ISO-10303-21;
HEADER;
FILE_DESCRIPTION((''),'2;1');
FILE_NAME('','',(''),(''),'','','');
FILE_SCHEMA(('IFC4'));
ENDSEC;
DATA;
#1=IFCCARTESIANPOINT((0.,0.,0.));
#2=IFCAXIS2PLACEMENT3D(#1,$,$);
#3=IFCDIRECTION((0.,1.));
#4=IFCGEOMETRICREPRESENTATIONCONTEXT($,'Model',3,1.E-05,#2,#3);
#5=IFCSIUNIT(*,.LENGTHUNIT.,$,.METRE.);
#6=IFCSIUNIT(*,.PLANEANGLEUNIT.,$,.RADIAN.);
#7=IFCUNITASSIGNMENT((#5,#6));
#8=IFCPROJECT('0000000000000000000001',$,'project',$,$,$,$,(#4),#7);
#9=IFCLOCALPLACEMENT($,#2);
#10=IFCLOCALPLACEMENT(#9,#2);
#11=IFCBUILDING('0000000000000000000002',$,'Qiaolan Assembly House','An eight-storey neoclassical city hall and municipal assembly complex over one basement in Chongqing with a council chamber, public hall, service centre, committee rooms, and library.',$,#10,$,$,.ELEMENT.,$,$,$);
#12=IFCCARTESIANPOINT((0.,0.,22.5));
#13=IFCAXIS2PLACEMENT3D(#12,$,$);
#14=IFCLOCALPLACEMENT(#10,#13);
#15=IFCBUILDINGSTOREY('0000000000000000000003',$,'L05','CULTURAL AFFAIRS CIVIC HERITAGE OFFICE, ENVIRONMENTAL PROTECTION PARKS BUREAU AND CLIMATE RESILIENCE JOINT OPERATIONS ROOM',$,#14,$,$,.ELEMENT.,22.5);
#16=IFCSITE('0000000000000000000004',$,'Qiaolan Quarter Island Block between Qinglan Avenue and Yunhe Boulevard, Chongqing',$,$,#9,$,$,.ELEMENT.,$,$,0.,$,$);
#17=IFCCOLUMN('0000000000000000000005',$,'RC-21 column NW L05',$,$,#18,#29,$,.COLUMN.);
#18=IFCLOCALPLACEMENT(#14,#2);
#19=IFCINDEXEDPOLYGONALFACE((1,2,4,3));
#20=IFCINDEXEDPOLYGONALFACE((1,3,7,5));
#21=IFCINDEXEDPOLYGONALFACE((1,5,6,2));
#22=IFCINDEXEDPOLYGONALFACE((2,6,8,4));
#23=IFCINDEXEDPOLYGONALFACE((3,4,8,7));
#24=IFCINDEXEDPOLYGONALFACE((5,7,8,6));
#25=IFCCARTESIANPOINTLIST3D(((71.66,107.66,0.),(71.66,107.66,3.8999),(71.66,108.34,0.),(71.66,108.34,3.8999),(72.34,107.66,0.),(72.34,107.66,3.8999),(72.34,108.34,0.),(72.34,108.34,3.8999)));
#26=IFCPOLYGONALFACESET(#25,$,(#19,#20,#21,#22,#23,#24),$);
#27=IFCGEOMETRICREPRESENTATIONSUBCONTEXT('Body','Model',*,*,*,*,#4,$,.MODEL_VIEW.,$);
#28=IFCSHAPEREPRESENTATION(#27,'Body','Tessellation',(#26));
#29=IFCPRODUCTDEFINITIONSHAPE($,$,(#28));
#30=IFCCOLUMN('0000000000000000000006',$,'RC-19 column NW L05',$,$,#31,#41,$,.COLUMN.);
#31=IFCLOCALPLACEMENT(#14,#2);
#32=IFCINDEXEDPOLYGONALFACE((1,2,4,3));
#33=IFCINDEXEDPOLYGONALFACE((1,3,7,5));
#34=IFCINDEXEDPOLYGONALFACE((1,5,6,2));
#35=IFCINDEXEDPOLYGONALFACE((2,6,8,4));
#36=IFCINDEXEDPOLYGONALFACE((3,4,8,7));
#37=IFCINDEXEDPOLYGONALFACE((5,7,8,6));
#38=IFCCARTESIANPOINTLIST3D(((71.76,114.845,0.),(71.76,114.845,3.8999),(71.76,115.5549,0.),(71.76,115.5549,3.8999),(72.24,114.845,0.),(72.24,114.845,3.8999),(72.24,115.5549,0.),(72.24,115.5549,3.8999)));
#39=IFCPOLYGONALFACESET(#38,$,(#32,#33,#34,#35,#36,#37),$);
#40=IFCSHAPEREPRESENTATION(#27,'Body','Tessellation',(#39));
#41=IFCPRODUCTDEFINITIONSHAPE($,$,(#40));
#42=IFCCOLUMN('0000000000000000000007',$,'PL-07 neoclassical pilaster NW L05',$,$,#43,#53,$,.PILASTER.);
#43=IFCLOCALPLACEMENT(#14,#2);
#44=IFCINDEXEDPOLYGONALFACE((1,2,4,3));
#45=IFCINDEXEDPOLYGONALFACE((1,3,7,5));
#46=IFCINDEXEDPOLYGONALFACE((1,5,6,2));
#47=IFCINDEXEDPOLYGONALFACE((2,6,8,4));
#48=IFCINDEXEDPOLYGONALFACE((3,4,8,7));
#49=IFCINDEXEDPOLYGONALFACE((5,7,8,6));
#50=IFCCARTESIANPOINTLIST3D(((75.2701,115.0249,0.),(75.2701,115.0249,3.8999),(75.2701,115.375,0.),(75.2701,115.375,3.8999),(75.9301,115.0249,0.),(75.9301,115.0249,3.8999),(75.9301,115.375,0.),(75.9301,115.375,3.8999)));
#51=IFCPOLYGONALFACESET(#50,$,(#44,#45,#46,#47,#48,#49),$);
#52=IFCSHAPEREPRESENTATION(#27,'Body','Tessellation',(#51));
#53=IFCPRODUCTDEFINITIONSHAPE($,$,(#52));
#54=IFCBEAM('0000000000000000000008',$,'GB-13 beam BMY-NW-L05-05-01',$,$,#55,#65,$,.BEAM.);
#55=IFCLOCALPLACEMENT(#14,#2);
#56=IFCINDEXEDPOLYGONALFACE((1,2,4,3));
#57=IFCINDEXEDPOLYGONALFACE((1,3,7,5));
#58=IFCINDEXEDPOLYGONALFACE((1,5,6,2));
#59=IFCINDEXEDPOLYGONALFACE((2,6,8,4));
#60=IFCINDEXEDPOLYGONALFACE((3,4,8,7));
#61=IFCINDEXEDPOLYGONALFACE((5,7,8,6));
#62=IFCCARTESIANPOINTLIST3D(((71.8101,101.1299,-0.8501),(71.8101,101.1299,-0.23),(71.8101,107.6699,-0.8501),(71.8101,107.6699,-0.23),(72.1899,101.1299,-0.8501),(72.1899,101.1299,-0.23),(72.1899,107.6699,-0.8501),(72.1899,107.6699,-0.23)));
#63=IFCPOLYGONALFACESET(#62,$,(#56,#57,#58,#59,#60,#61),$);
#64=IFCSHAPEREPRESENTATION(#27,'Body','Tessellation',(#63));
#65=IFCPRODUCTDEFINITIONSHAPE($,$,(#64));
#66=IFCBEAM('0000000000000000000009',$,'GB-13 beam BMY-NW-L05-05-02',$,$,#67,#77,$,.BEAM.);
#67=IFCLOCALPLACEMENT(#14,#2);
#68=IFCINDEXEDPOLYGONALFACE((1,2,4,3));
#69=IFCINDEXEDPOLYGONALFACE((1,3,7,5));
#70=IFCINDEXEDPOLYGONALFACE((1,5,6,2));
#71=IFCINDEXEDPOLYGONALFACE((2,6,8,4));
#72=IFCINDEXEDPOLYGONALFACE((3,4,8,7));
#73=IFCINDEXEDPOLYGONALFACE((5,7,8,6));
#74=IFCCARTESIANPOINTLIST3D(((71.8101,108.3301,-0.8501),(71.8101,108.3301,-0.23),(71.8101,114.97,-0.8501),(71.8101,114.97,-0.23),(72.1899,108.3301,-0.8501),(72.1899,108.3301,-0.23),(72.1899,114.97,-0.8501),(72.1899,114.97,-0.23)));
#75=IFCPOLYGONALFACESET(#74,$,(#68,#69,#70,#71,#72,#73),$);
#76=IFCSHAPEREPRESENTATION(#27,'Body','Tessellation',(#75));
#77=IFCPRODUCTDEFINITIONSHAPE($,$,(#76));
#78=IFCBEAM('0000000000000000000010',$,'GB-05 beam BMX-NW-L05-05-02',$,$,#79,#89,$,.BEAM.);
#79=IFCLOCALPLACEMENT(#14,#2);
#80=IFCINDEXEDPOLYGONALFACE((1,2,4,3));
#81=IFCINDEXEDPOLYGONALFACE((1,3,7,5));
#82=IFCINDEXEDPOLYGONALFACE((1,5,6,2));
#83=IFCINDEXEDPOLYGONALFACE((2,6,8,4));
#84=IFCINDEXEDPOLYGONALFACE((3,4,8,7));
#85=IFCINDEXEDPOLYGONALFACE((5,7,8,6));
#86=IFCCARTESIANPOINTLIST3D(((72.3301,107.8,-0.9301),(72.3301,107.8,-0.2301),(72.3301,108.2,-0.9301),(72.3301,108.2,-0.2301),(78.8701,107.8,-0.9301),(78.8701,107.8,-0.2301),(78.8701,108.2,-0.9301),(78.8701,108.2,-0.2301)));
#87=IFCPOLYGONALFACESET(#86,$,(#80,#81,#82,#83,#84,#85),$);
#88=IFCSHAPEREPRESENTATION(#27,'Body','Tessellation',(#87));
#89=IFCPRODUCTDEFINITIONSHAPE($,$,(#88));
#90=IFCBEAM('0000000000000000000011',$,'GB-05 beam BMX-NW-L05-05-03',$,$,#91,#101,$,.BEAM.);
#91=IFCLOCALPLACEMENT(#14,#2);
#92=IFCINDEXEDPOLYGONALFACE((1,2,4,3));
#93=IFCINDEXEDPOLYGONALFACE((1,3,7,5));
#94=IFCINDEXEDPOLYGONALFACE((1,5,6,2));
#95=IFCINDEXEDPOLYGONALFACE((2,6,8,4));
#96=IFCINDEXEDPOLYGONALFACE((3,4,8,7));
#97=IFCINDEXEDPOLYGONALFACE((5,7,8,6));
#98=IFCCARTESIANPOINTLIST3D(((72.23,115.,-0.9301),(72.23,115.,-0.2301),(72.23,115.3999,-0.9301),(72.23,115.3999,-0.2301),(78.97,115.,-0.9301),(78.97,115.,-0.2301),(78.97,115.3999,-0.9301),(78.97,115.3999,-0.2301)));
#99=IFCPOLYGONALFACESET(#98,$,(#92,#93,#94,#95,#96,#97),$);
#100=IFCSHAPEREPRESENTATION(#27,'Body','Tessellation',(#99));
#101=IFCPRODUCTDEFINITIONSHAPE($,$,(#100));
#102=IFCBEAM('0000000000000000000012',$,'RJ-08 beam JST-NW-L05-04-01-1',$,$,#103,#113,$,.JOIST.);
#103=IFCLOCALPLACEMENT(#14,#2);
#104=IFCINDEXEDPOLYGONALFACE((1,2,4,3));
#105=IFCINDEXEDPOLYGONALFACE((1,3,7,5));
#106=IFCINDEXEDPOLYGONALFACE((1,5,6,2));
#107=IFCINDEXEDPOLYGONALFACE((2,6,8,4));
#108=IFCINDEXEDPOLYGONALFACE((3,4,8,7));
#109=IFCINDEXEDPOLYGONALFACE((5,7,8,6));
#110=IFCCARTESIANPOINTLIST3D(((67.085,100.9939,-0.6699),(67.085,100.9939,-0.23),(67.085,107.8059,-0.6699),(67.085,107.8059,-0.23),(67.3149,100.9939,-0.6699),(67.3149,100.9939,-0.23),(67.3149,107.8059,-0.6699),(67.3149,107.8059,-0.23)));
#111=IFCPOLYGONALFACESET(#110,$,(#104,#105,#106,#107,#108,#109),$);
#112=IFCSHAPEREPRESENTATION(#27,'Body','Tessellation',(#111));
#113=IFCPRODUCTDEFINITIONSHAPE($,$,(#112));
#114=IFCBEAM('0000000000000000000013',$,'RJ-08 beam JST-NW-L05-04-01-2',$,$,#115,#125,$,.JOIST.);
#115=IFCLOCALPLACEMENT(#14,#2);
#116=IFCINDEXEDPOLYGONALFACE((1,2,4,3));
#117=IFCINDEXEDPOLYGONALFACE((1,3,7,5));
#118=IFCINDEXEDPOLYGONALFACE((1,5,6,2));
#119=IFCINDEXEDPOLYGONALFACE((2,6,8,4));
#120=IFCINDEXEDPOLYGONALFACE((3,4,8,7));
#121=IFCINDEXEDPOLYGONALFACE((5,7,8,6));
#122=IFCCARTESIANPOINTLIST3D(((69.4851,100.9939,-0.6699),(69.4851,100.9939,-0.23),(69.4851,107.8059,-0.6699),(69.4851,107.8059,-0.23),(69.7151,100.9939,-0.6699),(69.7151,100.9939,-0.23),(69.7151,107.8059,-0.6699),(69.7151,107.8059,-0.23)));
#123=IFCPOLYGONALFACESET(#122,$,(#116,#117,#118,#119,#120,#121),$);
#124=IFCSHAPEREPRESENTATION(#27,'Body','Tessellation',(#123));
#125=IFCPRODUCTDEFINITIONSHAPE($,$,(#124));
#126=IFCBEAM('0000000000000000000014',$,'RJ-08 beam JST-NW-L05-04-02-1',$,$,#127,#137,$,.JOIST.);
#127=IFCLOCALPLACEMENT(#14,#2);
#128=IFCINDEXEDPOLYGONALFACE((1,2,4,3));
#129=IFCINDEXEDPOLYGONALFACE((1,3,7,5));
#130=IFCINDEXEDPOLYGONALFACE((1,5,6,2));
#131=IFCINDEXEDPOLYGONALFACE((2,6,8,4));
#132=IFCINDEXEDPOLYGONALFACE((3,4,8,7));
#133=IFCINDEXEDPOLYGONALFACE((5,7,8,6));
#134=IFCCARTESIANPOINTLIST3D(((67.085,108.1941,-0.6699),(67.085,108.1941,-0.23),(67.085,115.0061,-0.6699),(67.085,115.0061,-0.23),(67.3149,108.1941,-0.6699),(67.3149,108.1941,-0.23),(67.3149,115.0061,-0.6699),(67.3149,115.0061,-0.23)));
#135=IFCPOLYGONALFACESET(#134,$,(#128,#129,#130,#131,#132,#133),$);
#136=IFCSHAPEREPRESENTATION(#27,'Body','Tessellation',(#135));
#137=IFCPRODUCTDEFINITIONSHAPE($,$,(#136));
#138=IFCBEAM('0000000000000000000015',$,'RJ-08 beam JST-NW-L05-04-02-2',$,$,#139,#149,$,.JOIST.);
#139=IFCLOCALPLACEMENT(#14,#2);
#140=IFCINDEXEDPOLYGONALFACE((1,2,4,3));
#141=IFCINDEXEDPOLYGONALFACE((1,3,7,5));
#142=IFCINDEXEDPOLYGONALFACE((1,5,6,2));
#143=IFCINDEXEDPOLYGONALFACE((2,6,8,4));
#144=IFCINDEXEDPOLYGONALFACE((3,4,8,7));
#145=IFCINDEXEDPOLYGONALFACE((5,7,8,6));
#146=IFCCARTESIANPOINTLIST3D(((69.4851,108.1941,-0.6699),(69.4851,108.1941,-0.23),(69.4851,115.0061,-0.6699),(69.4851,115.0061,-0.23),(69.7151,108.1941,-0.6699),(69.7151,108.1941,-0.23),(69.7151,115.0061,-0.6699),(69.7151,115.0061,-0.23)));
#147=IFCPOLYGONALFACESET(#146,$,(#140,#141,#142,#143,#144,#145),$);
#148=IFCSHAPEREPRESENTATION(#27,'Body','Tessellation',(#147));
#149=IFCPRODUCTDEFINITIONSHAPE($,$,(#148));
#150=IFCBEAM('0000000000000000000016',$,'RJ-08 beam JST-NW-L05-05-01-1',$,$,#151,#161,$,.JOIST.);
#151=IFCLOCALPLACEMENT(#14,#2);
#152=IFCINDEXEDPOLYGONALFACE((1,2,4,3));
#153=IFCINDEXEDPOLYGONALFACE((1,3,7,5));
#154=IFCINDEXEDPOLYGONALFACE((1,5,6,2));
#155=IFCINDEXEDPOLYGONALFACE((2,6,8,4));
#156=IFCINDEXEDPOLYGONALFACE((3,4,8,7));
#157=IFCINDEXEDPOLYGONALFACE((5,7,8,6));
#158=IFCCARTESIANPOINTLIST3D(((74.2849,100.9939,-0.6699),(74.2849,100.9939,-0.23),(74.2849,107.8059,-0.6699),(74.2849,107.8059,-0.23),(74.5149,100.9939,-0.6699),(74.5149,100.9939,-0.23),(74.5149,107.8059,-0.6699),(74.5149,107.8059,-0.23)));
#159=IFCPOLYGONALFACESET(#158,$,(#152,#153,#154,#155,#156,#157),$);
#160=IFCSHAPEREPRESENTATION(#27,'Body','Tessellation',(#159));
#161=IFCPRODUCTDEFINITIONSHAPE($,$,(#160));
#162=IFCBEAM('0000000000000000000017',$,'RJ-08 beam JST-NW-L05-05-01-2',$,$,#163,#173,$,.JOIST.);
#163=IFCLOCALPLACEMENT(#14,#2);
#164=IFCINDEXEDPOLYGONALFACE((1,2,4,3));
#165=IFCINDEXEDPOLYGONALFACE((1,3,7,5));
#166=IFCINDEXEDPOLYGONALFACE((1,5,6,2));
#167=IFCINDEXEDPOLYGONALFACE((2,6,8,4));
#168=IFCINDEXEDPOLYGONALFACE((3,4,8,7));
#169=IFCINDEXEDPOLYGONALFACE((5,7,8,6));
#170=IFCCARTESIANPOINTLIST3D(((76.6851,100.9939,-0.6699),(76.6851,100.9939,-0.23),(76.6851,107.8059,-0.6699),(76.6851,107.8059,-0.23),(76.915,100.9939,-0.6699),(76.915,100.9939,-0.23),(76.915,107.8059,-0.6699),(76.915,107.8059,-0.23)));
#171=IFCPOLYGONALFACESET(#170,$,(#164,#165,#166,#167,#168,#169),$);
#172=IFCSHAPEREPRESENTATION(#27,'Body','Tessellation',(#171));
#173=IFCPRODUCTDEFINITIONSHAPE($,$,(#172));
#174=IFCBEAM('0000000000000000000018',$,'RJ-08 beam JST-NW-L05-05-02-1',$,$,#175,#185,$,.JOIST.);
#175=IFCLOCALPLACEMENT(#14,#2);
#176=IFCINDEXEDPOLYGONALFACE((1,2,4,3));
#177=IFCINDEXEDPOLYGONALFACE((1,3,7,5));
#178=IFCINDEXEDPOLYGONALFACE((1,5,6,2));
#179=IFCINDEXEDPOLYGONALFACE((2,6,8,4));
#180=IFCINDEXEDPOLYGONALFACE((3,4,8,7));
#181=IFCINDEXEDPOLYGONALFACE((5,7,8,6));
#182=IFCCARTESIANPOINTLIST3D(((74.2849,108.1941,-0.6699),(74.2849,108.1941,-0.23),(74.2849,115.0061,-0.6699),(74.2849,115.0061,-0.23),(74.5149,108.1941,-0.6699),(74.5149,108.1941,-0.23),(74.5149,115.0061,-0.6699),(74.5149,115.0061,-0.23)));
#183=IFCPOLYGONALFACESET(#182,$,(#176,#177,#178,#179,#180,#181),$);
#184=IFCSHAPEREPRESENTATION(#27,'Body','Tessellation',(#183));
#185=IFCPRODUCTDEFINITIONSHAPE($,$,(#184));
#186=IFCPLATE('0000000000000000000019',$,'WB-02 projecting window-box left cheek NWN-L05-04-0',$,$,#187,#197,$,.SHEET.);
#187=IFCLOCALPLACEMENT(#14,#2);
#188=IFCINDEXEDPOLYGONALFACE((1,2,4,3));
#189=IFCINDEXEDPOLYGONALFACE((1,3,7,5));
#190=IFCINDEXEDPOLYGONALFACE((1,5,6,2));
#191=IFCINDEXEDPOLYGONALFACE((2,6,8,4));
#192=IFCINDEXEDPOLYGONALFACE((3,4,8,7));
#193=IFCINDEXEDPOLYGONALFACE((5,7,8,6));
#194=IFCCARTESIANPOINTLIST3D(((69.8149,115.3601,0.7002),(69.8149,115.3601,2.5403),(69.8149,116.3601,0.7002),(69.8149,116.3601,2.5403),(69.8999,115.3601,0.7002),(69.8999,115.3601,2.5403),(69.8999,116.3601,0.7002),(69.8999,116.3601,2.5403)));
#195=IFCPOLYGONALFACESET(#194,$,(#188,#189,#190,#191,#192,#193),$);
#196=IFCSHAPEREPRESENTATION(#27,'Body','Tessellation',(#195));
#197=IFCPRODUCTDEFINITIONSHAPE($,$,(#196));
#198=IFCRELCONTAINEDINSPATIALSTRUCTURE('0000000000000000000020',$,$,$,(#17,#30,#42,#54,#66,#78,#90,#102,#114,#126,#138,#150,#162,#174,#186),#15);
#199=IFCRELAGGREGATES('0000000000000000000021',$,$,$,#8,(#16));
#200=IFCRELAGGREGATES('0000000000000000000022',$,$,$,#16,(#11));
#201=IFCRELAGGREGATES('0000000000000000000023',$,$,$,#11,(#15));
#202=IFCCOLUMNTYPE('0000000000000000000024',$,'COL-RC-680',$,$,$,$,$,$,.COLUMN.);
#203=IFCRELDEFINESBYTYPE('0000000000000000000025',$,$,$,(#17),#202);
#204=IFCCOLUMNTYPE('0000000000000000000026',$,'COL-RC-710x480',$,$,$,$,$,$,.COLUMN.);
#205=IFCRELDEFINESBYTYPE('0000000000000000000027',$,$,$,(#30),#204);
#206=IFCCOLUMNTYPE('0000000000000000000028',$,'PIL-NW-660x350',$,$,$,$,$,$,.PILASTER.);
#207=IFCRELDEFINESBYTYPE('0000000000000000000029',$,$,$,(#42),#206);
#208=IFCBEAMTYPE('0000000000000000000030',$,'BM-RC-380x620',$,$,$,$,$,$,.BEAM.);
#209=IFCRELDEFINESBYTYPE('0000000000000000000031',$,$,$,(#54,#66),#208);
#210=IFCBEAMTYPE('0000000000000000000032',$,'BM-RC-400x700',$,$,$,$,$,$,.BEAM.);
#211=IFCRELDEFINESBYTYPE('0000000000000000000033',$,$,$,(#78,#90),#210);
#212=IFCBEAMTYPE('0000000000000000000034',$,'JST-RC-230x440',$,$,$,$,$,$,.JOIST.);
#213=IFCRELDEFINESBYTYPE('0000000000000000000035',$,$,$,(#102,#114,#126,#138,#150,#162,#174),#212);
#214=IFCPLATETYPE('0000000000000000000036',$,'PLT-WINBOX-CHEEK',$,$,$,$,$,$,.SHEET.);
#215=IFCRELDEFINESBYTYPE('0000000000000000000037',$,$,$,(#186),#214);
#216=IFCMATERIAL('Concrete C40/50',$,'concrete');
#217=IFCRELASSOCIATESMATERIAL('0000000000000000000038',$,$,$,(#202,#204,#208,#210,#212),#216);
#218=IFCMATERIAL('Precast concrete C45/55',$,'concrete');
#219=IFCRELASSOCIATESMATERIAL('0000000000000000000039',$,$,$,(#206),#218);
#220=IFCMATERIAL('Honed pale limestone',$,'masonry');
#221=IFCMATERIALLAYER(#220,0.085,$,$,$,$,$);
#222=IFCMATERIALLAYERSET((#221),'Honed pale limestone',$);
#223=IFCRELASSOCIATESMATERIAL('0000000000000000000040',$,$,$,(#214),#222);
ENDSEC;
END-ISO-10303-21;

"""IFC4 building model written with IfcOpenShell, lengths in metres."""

from ifc_helpers import new_model, si_unit, direction, frame, origin, origin_2d, place, context, subcontext, project, spatial, rectangle, extrude, material, layer, layer_set, material_profile, profile_set, type_object, element, save


model = new_model("IFC4")

# Units and contexts
model_context = context("Model", 3, precision=1e-05, world=origin(), true_north=direction((0.0, 1.0)))
body_context = subcontext(model_context, "Body", "Model", "MODEL_VIEW")
ifc_project = project(units=[si_unit("LENGTHUNIT", "METRE"), si_unit("PLANEANGLEUNIT", "RADIAN")], contexts=[model_context])

# Site, building, storey
site_placement = place(None, origin())
site = spatial("IfcSite", under=ifc_project, at=site_placement, Name="Qiaolan Quarter Island Block between Qinglan Avenue and Yunhe Boulevard, Chongqing", CompositionType="ELEMENT", RefElevation=0.0)
building_placement = place(site_placement, origin())
building = spatial("IfcBuilding", under=site, at=building_placement, Name="Qiaolan Assembly House", Description="An eight-storey neoclassical city hall and municipal assembly complex over one basement in Chongqing with a council chamber, public hall, service centre, committee rooms, and library.", CompositionType="ELEMENT")
storey_placement = place(building_placement, frame((0.0, 0.0, 22.5)))
storey = spatial("IfcBuildingStorey", under=building, at=storey_placement, Name="L05", Description="CULTURAL AFFAIRS CIVIC HERITAGE OFFICE, ENVIRONMENTAL PROTECTION PARKS BUREAU AND CLIMATE RESILIENCE JOINT OPERATIONS ROOM", CompositionType="ELEMENT", Elevation=22.5)

# Columns
ifc_material_1 = material(Name="Concrete C40/50", Category="concrete")
ifc_material_profile_1 = material_profile(ifc_material_1, rectangle(XDim=0.6799, YDim=0.6799, at=origin_2d()), Name="RC 680x680")
ifc_profile_set_1 = profile_set([ifc_material_profile_1], Name="Concrete C40/50")
column_type_1 = type_object("IfcColumnType", Name="COL-RC-680", PredefinedType="COLUMN", material=ifc_profile_set_1)
column_1_placement = place(storey_placement, frame((72.0, 108.0, 0.0), z_axis=(0.0, 0.0, 1.0), x_axis=(1.0, 0.0, 0.0)))
element("IfcColumn", 1, at=column_1_placement, inside=storey, type_object=column_type_1, Name="RC-21 column NW L05", PredefinedType="COLUMN", context=body_context, shape_type="SweptSolid", body=[
    extrude(rectangle(XDim=0.6799, YDim=0.6799, at=origin_2d()), origin(), (0.0, 0.0, 1.0), 3.8999),
])
ifc_material_profile_2 = material_profile(ifc_material_1, rectangle(XDim=0.48, YDim=0.71, at=origin_2d()), Name="RC 710x480")
ifc_profile_set_2 = profile_set([ifc_material_profile_2], Name="Concrete C40/50")
column_type_2 = type_object("IfcColumnType", Name="COL-RC-710x480", PredefinedType="COLUMN", material=ifc_profile_set_2)
column_2_placement = place(storey_placement, frame((72.0, 115.2, 0.0), z_axis=(0.0, 0.0, 1.0), x_axis=(1.0, 0.0, 0.0)))
element("IfcColumn", 2, at=column_2_placement, inside=storey, type_object=column_type_2, Name="RC-19 column NW L05", PredefinedType="COLUMN", context=body_context, shape_type="SweptSolid", body=[
    extrude(rectangle(XDim=0.48, YDim=0.71, at=origin_2d()), origin(), (0.0, 0.0, 1.0), 3.8999),
])
ifc_material_2 = material(Name="Precast concrete C45/55", Category="concrete")
ifc_material_profile_3 = material_profile(ifc_material_2, rectangle(XDim=0.6599, YDim=0.3501, at=origin_2d()), Name="PIL 660x350")
ifc_profile_set_3 = profile_set([ifc_material_profile_3], Name="Precast concrete C45/55")
column_type_3 = type_object("IfcColumnType", Name="PIL-NW-660x350", PredefinedType="PILASTER", material=ifc_profile_set_3)
column_3_placement = place(storey_placement, frame((75.6001, 115.2, 0.0), z_axis=(0.0, 0.0, 1.0), x_axis=(1.0, 0.0, 0.0)))
element("IfcColumn", 3, at=column_3_placement, inside=storey, type_object=column_type_3, Name="PL-07 neoclassical pilaster NW L05", PredefinedType="PILASTER", context=body_context, shape_type="SweptSolid", body=[
    extrude(rectangle(XDim=0.6599, YDim=0.3501, at=origin_2d()), origin(), (0.0, 0.0, 1.0), 3.8999),
])

# Beams
ifc_material_profile_4 = material_profile(ifc_material_1, rectangle(XDim=0.3799, YDim=0.6201, at=origin_2d()), Name="RCB 380x620")
ifc_profile_set_4 = profile_set([ifc_material_profile_4], Name="Concrete C40/50")
beam_type_1 = type_object("IfcBeamType", Name="BM-RC-380x620", PredefinedType="BEAM", material=ifc_profile_set_4)
beam_1_placement = place(storey_placement, frame((72.0, 101.1299, -0.54), z_axis=(0.0, 1.0, 0.0), x_axis=(-1.0, 0.0, 0.0)))
element("IfcBeam", 4, at=beam_1_placement, inside=storey, type_object=beam_type_1, Name="GB-13 beam BMY-NW-L05-05-01", PredefinedType="BEAM", context=body_context, shape_type="SweptSolid", body=[
    extrude(rectangle(XDim=0.3799, YDim=0.6201, at=origin_2d()), origin(), (0.0, 0.0, 1.0), 6.54),
])
beam_2_placement = place(storey_placement, frame((72.0, 108.3301, -0.54), z_axis=(0.0, 1.0, 0.0), x_axis=(-1.0, 0.0, 0.0)))
element("IfcBeam", 5, at=beam_2_placement, inside=storey, type_object=beam_type_1, Name="GB-13 beam BMY-NW-L05-05-02", PredefinedType="BEAM", context=body_context, shape_type="SweptSolid", body=[
    extrude(rectangle(XDim=0.3799, YDim=0.6201, at=origin_2d()), origin(), (0.0, 0.0, 1.0), 6.6399),
])
ifc_material_profile_5 = material_profile(ifc_material_1, rectangle(XDim=0.3999, YDim=0.7, at=origin_2d()), Name="RCB 400x700")
ifc_profile_set_5 = profile_set([ifc_material_profile_5], Name="Concrete C40/50")
beam_type_2 = type_object("IfcBeamType", Name="BM-RC-400x700", PredefinedType="BEAM", material=ifc_profile_set_5)
beam_3_placement = place(storey_placement, frame((72.3301, 108.0, -0.5801), z_axis=(1.0, 0.0, 0.0), x_axis=(0.0, 1.0, 0.0)))
element("IfcBeam", 6, at=beam_3_placement, inside=storey, type_object=beam_type_2, Name="GB-05 beam BMX-NW-L05-05-02", PredefinedType="BEAM", context=body_context, shape_type="SweptSolid", body=[
    extrude(rectangle(XDim=0.3999, YDim=0.7, at=origin_2d()), origin(), (0.0, 0.0, 1.0), 6.54),
])
beam_4_placement = place(storey_placement, frame((72.23, 115.2, -0.5801), z_axis=(1.0, 0.0, 0.0), x_axis=(0.0, 1.0, 0.0)))
element("IfcBeam", 7, at=beam_4_placement, inside=storey, type_object=beam_type_2, Name="GB-05 beam BMX-NW-L05-05-03", PredefinedType="BEAM", context=body_context, shape_type="SweptSolid", body=[
    extrude(rectangle(XDim=0.3999, YDim=0.7, at=origin_2d()), origin(), (0.0, 0.0, 1.0), 6.74),
])
ifc_material_profile_6 = material_profile(ifc_material_1, rectangle(XDim=0.23, YDim=0.4399, at=origin_2d()), Name="RCB 230x440")
ifc_profile_set_6 = profile_set([ifc_material_profile_6], Name="Concrete C40/50")
beam_type_3 = type_object("IfcBeamType", Name="JST-RC-230x440", PredefinedType="JOIST", material=ifc_profile_set_6)
for number, where, z_axis, x_axis, name in (
    (8, (67.2, 100.9939, -0.45), (0.0, 1.0, 0.0), (-1.0, 0.0, 0.0), "RJ-08 beam JST-NW-L05-04-01-1"),
    (9, (69.6001, 100.9939, -0.45), (0.0, 1.0, 0.0), (-1.0, 0.0, 0.0), "RJ-08 beam JST-NW-L05-04-01-2"),
    (10, (67.2, 108.1941, -0.45), (0.0, 1.0, 0.0), (-1.0, 0.0, 0.0), "RJ-08 beam JST-NW-L05-04-02-1"),
    (11, (69.6001, 108.1941, -0.45), (0.0, 1.0, 0.0), (-1.0, 0.0, 0.0), "RJ-08 beam JST-NW-L05-04-02-2"),
    (12, (74.3999, 100.9939, -0.45), (0.0, 1.0, 0.0), (-1.0, 0.0, 0.0), "RJ-08 beam JST-NW-L05-05-01-1"),
    (13, (76.8, 100.9939, -0.45), (0.0, 1.0, 0.0), (-1.0, 0.0, 0.0), "RJ-08 beam JST-NW-L05-05-01-2"),
    (14, (74.3999, 108.1941, -0.45), (0.0, 1.0, 0.0), (-1.0, 0.0, 0.0), "RJ-08 beam JST-NW-L05-05-02-1"),
):
    element("IfcBeam", number, at=place(storey_placement, frame(where, z_axis=z_axis, x_axis=x_axis)), inside=storey, type_object=beam_type_3, Name=name, PredefinedType="JOIST", context=body_context, shape_type="SweptSolid", body=[
        extrude(rectangle(XDim=0.23, YDim=0.4399, at=origin_2d()), origin(), (0.0, 0.0, 1.0), 6.812),
    ])

# Plate
ifc_material_3 = material(Name="Honed pale limestone", Category="masonry")
ifc_layer_1 = layer(ifc_material_3, 0.085)
ifc_layer_set_1 = layer_set([ifc_layer_1], Name="Honed pale limestone")
plate_type = type_object("IfcPlateType", Name="PLT-WINBOX-CHEEK", PredefinedType="SHEET", material=ifc_layer_set_1)
for number, where, z_axis, x_axis, name in (
    (15, (69.8574, 115.8601, 0.7002), (0.0, 0.0, 1.0), (1.0, 0.0, 0.0), "WB-02 projecting window-box left cheek NWN-L05-04-0"),
):
    element("IfcPlate", number, at=place(storey_placement, frame(where, z_axis=z_axis, x_axis=x_axis)), inside=storey, type_object=plate_type, Name=name, PredefinedType="SHEET", context=body_context, shape_type="SweptSolid", body=[
        extrude(rectangle(XDim=0.085, YDim=1.0, at=origin_2d()), origin(), (0.0, 0.0, 1.0), 1.8401),
    ])

save(model, "model.ifc")
